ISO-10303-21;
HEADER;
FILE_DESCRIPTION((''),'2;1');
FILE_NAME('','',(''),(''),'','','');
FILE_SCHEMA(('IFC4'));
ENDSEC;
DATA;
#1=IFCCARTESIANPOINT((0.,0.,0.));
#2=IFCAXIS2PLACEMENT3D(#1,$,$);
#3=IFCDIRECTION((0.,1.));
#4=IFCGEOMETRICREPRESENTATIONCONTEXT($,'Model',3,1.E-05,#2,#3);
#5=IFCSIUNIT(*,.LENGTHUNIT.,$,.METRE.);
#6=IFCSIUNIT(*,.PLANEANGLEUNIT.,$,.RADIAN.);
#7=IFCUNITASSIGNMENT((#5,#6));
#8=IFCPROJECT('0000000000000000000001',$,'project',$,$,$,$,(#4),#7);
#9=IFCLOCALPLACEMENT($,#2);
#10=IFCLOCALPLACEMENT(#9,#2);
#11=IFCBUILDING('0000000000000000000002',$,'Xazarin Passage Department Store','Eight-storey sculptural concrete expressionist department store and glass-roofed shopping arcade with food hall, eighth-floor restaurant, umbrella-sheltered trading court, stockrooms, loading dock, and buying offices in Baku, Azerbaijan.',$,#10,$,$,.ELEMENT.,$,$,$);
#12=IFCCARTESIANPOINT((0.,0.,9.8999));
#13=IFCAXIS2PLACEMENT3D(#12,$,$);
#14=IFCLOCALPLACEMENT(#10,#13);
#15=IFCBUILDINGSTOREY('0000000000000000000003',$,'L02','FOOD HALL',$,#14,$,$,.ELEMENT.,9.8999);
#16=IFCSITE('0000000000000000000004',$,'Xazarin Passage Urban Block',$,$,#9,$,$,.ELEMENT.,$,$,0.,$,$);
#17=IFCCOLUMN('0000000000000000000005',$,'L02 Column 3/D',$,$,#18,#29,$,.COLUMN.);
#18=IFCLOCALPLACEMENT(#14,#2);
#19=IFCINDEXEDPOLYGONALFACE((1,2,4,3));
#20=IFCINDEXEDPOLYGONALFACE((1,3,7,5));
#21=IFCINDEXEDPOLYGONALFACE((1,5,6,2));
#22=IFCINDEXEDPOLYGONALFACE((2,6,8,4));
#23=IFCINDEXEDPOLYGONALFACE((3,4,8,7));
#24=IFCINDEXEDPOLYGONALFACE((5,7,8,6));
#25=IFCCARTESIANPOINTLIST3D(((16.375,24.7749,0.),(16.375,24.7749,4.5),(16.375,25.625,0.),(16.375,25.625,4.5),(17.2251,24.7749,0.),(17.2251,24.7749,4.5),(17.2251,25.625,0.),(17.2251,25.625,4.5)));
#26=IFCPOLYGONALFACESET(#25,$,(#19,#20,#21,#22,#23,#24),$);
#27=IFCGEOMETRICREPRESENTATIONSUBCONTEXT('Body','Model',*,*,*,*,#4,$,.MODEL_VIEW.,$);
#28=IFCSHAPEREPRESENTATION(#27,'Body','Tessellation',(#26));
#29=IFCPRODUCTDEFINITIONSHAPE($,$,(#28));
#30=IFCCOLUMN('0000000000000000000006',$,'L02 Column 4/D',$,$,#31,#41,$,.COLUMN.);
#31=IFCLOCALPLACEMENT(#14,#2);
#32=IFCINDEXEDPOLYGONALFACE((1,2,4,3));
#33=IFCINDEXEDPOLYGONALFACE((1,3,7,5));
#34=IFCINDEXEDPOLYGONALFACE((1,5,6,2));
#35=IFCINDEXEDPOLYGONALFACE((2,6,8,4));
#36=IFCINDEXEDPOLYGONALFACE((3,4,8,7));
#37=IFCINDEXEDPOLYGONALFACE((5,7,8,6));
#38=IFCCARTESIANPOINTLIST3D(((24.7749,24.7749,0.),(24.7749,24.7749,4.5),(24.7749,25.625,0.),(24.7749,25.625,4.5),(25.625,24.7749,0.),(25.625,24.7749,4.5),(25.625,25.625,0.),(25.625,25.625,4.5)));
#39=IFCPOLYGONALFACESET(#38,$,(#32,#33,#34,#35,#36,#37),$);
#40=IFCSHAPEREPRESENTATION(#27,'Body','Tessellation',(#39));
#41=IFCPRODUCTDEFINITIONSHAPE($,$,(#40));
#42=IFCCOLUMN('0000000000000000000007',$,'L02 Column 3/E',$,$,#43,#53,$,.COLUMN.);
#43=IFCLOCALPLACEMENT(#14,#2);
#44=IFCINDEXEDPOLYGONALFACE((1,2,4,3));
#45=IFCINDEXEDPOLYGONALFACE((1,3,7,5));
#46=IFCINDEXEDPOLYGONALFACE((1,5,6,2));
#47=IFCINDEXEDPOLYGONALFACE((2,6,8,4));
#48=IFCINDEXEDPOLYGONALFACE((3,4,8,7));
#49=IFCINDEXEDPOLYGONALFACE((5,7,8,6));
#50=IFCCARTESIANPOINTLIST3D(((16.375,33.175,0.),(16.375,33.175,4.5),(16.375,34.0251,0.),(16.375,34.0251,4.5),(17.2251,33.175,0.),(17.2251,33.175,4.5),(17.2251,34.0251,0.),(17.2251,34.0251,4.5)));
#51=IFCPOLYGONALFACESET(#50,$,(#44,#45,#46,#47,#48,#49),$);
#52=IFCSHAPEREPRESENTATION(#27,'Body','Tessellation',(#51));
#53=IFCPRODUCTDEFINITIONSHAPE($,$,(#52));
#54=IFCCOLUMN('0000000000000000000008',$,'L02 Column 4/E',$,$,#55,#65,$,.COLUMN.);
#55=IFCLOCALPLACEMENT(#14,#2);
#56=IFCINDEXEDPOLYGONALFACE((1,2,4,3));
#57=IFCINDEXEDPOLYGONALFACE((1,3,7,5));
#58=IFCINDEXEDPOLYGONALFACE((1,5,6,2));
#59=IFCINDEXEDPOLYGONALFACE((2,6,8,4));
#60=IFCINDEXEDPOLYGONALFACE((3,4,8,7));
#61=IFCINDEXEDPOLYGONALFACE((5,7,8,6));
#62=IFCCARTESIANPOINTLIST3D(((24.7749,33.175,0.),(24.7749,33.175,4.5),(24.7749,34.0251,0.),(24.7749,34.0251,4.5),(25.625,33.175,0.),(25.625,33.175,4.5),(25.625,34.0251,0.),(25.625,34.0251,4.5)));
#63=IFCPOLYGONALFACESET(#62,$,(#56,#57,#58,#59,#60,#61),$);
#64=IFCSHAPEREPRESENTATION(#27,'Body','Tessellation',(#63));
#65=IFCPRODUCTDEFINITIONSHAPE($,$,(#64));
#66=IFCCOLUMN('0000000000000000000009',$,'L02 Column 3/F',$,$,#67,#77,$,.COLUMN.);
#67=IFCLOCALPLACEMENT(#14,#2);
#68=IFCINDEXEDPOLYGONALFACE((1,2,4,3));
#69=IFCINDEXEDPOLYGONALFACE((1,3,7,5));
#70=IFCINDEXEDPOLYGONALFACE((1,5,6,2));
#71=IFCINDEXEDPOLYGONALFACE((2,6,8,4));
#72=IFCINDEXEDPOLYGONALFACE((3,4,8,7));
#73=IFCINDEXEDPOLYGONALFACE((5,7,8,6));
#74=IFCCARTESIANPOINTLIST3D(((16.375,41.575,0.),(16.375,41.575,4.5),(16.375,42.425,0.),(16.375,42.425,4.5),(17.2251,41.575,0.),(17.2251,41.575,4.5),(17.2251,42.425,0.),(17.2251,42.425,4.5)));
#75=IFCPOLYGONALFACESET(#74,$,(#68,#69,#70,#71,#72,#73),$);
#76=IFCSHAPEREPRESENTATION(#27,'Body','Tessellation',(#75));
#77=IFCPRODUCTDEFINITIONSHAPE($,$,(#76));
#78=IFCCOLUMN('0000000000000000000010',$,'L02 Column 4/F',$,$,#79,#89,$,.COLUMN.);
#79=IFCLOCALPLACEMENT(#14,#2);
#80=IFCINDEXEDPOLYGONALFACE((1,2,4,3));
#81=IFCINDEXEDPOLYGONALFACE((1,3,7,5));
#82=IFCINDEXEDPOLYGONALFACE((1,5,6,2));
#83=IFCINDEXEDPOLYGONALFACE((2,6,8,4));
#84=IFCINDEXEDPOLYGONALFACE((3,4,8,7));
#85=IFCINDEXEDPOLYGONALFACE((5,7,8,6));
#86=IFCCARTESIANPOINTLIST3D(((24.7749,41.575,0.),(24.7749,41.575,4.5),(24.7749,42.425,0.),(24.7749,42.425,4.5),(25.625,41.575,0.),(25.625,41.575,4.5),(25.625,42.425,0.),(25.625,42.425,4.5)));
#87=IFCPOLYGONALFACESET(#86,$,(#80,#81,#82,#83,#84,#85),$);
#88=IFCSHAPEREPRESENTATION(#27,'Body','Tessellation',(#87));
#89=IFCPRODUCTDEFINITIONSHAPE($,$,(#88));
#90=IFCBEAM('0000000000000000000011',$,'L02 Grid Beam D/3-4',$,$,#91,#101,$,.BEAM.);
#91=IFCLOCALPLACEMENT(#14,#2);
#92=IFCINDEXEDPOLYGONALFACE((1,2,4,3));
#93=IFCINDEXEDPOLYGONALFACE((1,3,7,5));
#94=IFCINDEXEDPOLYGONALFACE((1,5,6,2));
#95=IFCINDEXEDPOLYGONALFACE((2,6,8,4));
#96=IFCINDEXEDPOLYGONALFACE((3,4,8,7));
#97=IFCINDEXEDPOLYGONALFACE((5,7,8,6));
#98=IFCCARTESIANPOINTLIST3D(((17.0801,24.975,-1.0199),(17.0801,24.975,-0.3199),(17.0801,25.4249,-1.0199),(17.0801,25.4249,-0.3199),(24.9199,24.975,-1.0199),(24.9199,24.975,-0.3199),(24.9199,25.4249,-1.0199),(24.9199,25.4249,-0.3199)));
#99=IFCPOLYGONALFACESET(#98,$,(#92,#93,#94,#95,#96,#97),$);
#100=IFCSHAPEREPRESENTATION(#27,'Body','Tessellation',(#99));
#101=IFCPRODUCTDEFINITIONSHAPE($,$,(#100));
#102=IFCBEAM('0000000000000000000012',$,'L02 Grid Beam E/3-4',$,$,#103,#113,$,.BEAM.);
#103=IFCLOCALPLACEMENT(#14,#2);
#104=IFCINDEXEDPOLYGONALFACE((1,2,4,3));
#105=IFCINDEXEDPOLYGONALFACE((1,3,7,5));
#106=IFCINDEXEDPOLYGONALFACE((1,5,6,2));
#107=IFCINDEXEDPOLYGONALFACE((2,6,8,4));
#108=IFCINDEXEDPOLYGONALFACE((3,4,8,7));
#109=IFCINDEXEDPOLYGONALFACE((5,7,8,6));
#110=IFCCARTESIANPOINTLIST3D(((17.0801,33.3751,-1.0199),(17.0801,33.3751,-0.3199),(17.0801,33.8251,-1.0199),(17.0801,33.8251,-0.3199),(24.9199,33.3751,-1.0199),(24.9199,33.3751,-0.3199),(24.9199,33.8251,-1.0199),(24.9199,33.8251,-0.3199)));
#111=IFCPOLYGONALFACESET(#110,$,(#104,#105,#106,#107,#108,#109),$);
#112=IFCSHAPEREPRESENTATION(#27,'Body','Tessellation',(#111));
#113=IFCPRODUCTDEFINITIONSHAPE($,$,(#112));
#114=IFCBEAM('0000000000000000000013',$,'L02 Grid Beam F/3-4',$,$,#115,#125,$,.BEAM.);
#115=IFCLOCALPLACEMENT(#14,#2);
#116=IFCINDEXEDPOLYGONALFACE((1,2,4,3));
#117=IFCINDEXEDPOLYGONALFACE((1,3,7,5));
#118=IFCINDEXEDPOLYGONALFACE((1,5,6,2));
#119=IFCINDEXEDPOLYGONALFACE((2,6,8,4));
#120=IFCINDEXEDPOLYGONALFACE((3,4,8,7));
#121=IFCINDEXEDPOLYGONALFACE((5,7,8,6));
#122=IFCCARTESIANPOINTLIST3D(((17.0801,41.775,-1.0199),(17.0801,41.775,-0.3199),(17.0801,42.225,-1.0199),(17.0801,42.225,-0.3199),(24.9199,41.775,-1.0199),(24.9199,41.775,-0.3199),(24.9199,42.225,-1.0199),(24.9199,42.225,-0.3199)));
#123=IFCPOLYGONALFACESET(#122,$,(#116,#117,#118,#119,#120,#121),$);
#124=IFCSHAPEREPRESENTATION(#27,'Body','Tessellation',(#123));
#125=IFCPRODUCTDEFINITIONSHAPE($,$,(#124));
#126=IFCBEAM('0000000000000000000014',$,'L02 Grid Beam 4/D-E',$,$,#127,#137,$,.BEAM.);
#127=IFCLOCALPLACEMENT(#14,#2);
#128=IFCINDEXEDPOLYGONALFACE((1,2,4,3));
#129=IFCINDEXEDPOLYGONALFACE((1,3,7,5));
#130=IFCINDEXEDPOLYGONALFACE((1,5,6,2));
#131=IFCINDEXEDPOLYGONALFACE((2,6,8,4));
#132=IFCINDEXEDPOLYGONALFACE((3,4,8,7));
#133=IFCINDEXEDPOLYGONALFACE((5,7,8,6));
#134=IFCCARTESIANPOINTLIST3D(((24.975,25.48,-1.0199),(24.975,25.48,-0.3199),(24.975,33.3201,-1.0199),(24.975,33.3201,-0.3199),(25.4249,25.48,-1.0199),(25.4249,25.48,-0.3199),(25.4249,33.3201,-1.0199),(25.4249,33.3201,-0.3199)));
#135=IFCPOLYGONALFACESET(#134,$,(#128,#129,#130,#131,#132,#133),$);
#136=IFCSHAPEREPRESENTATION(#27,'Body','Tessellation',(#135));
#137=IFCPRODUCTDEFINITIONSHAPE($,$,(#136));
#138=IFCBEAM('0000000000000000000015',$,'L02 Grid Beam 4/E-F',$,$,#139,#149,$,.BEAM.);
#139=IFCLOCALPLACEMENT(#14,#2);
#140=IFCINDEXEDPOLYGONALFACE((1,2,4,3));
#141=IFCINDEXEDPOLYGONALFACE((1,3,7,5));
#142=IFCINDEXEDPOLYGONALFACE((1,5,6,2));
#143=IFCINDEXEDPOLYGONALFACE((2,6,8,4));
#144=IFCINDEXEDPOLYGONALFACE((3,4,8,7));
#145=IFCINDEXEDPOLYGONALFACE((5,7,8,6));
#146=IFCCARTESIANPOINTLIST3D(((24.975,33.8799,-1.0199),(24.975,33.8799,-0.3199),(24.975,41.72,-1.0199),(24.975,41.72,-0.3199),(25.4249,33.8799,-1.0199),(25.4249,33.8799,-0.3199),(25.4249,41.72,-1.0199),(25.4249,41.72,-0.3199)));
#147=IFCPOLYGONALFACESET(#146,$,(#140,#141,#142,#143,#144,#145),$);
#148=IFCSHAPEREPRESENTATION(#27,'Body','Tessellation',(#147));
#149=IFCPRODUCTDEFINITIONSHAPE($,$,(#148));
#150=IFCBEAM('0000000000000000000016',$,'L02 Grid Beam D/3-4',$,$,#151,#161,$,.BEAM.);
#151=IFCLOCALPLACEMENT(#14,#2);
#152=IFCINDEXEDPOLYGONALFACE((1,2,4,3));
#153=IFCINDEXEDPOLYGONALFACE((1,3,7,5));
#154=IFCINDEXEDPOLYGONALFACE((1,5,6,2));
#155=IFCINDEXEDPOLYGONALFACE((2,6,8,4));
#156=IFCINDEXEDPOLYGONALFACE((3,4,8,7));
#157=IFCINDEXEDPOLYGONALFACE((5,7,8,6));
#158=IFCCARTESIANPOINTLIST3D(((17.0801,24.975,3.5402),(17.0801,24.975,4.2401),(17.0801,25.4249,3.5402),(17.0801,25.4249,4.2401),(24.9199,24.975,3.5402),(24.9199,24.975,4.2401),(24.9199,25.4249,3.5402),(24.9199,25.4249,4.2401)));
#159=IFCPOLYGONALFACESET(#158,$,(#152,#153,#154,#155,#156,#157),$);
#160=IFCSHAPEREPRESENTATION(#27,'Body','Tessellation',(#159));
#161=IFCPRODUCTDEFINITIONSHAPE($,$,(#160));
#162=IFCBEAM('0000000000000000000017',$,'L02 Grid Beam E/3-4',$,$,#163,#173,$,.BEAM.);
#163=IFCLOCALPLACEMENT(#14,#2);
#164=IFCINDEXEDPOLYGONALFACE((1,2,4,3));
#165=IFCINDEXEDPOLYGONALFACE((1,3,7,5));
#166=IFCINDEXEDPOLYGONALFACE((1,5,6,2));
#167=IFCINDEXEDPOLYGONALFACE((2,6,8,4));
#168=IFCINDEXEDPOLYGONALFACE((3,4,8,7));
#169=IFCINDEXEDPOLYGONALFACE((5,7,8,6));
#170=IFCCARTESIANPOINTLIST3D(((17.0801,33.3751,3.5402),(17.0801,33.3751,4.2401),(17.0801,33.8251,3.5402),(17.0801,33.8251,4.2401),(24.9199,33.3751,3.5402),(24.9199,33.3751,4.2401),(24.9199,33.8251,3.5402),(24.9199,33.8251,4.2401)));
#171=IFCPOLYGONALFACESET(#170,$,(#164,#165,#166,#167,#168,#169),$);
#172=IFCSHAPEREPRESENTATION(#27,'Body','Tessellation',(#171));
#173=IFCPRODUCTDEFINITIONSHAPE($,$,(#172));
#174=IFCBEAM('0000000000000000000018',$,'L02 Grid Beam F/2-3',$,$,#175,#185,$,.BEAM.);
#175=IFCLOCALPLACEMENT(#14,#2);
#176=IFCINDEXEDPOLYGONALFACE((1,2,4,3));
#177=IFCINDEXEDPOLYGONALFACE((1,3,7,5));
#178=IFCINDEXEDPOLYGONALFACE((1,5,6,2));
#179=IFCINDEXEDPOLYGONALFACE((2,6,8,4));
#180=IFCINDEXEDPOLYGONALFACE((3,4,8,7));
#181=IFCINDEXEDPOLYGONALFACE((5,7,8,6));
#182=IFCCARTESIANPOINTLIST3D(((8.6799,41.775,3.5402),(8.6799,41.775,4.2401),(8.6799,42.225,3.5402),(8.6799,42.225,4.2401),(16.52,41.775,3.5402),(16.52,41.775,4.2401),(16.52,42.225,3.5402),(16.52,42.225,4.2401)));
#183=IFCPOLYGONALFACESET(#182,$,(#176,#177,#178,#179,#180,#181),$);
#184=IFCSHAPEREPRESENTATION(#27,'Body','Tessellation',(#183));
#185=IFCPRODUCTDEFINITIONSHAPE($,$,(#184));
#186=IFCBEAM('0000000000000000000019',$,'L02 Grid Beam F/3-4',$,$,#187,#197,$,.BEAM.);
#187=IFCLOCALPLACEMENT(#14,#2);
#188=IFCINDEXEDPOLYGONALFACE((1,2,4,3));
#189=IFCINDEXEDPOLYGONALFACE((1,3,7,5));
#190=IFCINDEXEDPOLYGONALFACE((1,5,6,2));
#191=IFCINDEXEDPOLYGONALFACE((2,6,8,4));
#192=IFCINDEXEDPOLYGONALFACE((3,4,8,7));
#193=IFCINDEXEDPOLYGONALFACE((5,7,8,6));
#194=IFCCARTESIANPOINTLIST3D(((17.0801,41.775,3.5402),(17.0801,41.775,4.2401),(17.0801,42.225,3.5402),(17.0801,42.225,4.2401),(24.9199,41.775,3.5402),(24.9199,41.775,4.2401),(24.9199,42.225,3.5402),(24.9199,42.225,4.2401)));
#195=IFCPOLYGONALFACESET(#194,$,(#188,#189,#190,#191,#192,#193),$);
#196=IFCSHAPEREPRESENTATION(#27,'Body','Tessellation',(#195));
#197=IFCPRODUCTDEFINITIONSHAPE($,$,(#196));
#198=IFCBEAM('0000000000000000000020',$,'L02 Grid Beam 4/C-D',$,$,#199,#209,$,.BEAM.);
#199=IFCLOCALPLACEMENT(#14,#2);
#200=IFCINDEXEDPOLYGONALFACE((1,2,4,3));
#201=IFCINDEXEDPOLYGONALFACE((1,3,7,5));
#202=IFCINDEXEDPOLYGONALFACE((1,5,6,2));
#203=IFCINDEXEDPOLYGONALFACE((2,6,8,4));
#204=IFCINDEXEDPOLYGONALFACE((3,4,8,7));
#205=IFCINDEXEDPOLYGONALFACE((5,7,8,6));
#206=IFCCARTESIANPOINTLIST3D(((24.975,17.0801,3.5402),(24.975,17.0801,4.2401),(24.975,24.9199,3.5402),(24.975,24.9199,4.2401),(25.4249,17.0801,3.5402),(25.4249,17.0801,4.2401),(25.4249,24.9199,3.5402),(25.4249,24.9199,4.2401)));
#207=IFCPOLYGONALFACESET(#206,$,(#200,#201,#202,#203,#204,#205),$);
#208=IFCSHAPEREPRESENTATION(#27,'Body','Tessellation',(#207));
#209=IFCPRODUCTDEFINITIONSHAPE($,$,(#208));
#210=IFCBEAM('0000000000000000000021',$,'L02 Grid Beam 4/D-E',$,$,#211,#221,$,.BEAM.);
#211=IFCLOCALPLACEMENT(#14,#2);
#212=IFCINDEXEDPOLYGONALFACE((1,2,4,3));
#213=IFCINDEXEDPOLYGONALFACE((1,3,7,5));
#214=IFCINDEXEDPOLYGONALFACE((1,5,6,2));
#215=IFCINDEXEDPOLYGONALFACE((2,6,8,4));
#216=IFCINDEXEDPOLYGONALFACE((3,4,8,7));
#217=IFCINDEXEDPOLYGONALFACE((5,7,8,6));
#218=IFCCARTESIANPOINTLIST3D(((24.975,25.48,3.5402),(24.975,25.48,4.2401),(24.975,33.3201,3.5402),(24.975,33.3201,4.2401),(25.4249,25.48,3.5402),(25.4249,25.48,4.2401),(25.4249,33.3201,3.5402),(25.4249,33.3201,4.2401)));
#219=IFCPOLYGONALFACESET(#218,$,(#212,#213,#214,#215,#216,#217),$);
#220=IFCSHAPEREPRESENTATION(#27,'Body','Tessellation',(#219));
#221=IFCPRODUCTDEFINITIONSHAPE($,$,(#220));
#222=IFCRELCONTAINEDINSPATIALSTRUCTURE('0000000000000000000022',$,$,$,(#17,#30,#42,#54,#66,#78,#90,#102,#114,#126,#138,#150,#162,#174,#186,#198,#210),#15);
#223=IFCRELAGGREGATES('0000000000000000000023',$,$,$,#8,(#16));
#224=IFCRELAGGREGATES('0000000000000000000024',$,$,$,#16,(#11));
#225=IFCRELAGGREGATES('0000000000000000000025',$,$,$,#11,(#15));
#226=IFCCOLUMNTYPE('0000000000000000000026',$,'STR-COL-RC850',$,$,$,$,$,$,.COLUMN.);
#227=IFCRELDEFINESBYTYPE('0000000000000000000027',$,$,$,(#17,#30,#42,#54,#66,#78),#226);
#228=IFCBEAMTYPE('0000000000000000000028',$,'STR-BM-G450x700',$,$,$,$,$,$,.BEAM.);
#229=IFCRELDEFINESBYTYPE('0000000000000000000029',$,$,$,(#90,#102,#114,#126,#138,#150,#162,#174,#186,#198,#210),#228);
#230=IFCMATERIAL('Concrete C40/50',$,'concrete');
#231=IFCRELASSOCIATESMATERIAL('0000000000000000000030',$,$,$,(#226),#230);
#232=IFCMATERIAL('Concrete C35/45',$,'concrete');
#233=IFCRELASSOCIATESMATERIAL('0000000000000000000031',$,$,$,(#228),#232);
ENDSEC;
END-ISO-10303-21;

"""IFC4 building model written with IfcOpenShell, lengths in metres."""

from ifc_helpers import new_model, si_unit, direction, frame, origin, origin_2d, place, context, subcontext, project, spatial, rectangle, extrude, material, material_profile, profile_set, type_object, element, save


model = new_model("IFC4")

# Units and contexts
model_context = context("Model", 3, precision=1e-05, world=origin(), true_north=direction((0.0, 1.0)))
body_context = subcontext(model_context, "Body", "Model", "MODEL_VIEW")
ifc_project = project(units=[si_unit("LENGTHUNIT", "METRE"), si_unit("PLANEANGLEUNIT", "RADIAN")], contexts=[model_context])

# Site, building, storey
site_placement = place(None, origin())
site = spatial("IfcSite", under=ifc_project, at=site_placement, Name="Xazarin Passage Urban Block", CompositionType="ELEMENT", RefElevation=0.0)
building_placement = place(site_placement, origin())
building = spatial("IfcBuilding", under=site, at=building_placement, Name="Xazarin Passage Department Store", Description="Eight-storey sculptural concrete expressionist department store and glass-roofed shopping arcade with food hall, eighth-floor restaurant, umbrella-sheltered trading court, stockrooms, loading dock, and buying offices in Baku, Azerbaijan.", CompositionType="ELEMENT")
storey_placement = place(building_placement, frame((0.0, 0.0, 9.8999)))
storey = spatial("IfcBuildingStorey", under=building, at=storey_placement, Name="L02", Description="FOOD HALL", CompositionType="ELEMENT", Elevation=9.8999)

# Columns
ifc_material_1 = material(Name="Concrete C40/50", Category="concrete")
ifc_material_profile_1 = material_profile(ifc_material_1, rectangle(XDim=0.8501, YDim=0.8501, at=origin_2d()), Name="RC 850x850")
ifc_profile_set_1 = profile_set([ifc_material_profile_1], Name="Concrete C40/50")
column_type = type_object("IfcColumnType", Name="STR-COL-RC850", PredefinedType="COLUMN", material=ifc_profile_set_1)
for number, where, z_axis, x_axis, name in (
    (1, (16.8, 25.2, 0.0), (0.0, 0.0, 1.0), (1.0, 0.0, 0.0), "L02 Column 3/D"),
    (2, (25.2, 25.2, 0.0), (0.0, 0.0, 1.0), (1.0, 0.0, 0.0), "L02 Column 4/D"),
    (3, (16.8, 33.6001, 0.0), (0.0, 0.0, 1.0), (1.0, 0.0, 0.0), "L02 Column 3/E"),
    (4, (25.2, 33.6001, 0.0), (0.0, 0.0, 1.0), (1.0, 0.0, 0.0), "L02 Column 4/E"),
    (5, (16.8, 42.0, 0.0), (0.0, 0.0, 1.0), (1.0, 0.0, 0.0), "L02 Column 3/F"),
    (6, (25.2, 42.0, 0.0), (0.0, 0.0, 1.0), (1.0, 0.0, 0.0), "L02 Column 4/F"),
):
    element("IfcColumn", number, at=place(storey_placement, frame(where, z_axis=z_axis, x_axis=x_axis)), inside=storey, type_object=column_type, Name=name, PredefinedType="COLUMN", context=body_context, shape_type="SweptSolid", body=[
        extrude(rectangle(XDim=0.8501, YDim=0.8501, at=origin_2d()), origin(), (0.0, 0.0, 1.0), 4.5),
    ])

# Beams
ifc_material_2 = material(Name="Concrete C35/45", Category="concrete")
ifc_material_profile_2 = material_profile(ifc_material_2, rectangle(XDim=0.45, YDim=0.7, at=origin_2d()), Name="RC 450x700")
ifc_profile_set_2 = profile_set([ifc_material_profile_2], Name="Concrete C35/45")
beam_type_1 = type_object("IfcBeamType", Name="STR-BM-G450x700", PredefinedType="BEAM", material=ifc_profile_set_2)
for number, where, z_axis, x_axis, name in (
    (7, (17.0801, 25.2, -0.6699), (1.0, 0.0, 0.0), (0.0, 1.0, 0.0), "L02 Grid Beam D/3-4"),
    (8, (17.0801, 33.6001, -0.6699), (1.0, 0.0, 0.0), (0.0, 1.0, 0.0), "L02 Grid Beam E/3-4"),
    (9, (17.0801, 42.0, -0.6699), (1.0, 0.0, 0.0), (0.0, 1.0, 0.0), "L02 Grid Beam F/3-4"),
):
    element("IfcBeam", number, at=place(storey_placement, frame(where, z_axis=z_axis, x_axis=x_axis)), inside=storey, type_object=beam_type_1, Name=name, PredefinedType="BEAM", context=body_context, shape_type="SweptSolid", body=[
        extrude(rectangle(XDim=0.45, YDim=0.7, at=origin_2d()), origin(), (0.0, 0.0, 1.0), 7.8398),
    ])
for number, where, z_axis, x_axis, name in (
    (10, (25.2, 25.48, -0.6699), (0.0, 1.0, 0.0), (-1.0, 0.0, 0.0), "L02 Grid Beam 4/D-E"),
    (11, (25.2, 33.8799, -0.6699), (0.0, 1.0, 0.0), (-1.0, 0.0, 0.0), "L02 Grid Beam 4/E-F"),
):
    element("IfcBeam", number, at=place(storey_placement, frame(where, z_axis=z_axis, x_axis=x_axis)), inside=storey, type_object=beam_type_1, Name=name, PredefinedType="BEAM", context=body_context, shape_type="SweptSolid", body=[
        extrude(rectangle(XDim=0.45, YDim=0.7, at=origin_2d()), origin(), (0.0, 0.0, 1.0), 7.8401),
    ])
for number, where, z_axis, x_axis, name in (
    (12, (17.0801, 25.2, 3.8901), (1.0, 0.0, 0.0), (0.0, 1.0, 0.0), "L02 Grid Beam D/3-4"),
    (13, (17.0801, 33.6001, 3.8901), (1.0, 0.0, 0.0), (0.0, 1.0, 0.0), "L02 Grid Beam E/3-4"),
):
    element("IfcBeam", number, at=place(storey_placement, frame(where, z_axis=z_axis, x_axis=x_axis)), inside=storey, type_object=beam_type_1, Name=name, PredefinedType="BEAM", context=body_context, shape_type="SweptSolid", body=[
        extrude(rectangle(XDim=0.45, YDim=0.7, at=origin_2d()), origin(), (0.0, 0.0, 1.0), 7.8398),
    ])
beam_placement = place(storey_placement, frame((8.6799, 42.0, 3.8901), z_axis=(1.0, 0.0, 0.0), x_axis=(0.0, 1.0, 0.0)))
element("IfcBeam", 14, at=beam_placement, inside=storey, type_object=beam_type_1, Name="L02 Grid Beam F/2-3", PredefinedType="BEAM", context=body_context, shape_type="SweptSolid", body=[
    extrude(rectangle(XDim=0.45, YDim=0.7, at=origin_2d()), origin(), (0.0, 0.0, 1.0), 7.8401),
])
for number, where, z_axis, x_axis, name in (
    (15, (17.0801, 42.0, 3.8901), (1.0, 0.0, 0.0), (0.0, 1.0, 0.0), "L02 Grid Beam F/3-4"),
    (16, (25.2, 17.0801, 3.8901), (0.0, 1.0, 0.0), (-1.0, 0.0, 0.0), "L02 Grid Beam 4/C-D"),
):
    element("IfcBeam", number, at=place(storey_placement, frame(where, z_axis=z_axis, x_axis=x_axis)), inside=storey, type_object=beam_type_1, Name=name, PredefinedType="BEAM", context=body_context, shape_type="SweptSolid", body=[
        extrude(rectangle(XDim=0.45, YDim=0.7, at=origin_2d()), origin(), (0.0, 0.0, 1.0), 7.8398),
    ])
for number, where, z_axis, x_axis, name in (
    (17, (25.2, 25.48, 3.8901), (0.0, 1.0, 0.0), (-1.0, 0.0, 0.0), "L02 Grid Beam 4/D-E"),
):
    element("IfcBeam", number, at=place(storey_placement, frame(where, z_axis=z_axis, x_axis=x_axis)), inside=storey, type_object=beam_type_1, Name=name, PredefinedType="BEAM", context=body_context, shape_type="SweptSolid", body=[
        extrude(rectangle(XDim=0.45, YDim=0.7, at=origin_2d()), origin(), (0.0, 0.0, 1.0), 7.8401),
    ])

save(model, "model.ifc")
